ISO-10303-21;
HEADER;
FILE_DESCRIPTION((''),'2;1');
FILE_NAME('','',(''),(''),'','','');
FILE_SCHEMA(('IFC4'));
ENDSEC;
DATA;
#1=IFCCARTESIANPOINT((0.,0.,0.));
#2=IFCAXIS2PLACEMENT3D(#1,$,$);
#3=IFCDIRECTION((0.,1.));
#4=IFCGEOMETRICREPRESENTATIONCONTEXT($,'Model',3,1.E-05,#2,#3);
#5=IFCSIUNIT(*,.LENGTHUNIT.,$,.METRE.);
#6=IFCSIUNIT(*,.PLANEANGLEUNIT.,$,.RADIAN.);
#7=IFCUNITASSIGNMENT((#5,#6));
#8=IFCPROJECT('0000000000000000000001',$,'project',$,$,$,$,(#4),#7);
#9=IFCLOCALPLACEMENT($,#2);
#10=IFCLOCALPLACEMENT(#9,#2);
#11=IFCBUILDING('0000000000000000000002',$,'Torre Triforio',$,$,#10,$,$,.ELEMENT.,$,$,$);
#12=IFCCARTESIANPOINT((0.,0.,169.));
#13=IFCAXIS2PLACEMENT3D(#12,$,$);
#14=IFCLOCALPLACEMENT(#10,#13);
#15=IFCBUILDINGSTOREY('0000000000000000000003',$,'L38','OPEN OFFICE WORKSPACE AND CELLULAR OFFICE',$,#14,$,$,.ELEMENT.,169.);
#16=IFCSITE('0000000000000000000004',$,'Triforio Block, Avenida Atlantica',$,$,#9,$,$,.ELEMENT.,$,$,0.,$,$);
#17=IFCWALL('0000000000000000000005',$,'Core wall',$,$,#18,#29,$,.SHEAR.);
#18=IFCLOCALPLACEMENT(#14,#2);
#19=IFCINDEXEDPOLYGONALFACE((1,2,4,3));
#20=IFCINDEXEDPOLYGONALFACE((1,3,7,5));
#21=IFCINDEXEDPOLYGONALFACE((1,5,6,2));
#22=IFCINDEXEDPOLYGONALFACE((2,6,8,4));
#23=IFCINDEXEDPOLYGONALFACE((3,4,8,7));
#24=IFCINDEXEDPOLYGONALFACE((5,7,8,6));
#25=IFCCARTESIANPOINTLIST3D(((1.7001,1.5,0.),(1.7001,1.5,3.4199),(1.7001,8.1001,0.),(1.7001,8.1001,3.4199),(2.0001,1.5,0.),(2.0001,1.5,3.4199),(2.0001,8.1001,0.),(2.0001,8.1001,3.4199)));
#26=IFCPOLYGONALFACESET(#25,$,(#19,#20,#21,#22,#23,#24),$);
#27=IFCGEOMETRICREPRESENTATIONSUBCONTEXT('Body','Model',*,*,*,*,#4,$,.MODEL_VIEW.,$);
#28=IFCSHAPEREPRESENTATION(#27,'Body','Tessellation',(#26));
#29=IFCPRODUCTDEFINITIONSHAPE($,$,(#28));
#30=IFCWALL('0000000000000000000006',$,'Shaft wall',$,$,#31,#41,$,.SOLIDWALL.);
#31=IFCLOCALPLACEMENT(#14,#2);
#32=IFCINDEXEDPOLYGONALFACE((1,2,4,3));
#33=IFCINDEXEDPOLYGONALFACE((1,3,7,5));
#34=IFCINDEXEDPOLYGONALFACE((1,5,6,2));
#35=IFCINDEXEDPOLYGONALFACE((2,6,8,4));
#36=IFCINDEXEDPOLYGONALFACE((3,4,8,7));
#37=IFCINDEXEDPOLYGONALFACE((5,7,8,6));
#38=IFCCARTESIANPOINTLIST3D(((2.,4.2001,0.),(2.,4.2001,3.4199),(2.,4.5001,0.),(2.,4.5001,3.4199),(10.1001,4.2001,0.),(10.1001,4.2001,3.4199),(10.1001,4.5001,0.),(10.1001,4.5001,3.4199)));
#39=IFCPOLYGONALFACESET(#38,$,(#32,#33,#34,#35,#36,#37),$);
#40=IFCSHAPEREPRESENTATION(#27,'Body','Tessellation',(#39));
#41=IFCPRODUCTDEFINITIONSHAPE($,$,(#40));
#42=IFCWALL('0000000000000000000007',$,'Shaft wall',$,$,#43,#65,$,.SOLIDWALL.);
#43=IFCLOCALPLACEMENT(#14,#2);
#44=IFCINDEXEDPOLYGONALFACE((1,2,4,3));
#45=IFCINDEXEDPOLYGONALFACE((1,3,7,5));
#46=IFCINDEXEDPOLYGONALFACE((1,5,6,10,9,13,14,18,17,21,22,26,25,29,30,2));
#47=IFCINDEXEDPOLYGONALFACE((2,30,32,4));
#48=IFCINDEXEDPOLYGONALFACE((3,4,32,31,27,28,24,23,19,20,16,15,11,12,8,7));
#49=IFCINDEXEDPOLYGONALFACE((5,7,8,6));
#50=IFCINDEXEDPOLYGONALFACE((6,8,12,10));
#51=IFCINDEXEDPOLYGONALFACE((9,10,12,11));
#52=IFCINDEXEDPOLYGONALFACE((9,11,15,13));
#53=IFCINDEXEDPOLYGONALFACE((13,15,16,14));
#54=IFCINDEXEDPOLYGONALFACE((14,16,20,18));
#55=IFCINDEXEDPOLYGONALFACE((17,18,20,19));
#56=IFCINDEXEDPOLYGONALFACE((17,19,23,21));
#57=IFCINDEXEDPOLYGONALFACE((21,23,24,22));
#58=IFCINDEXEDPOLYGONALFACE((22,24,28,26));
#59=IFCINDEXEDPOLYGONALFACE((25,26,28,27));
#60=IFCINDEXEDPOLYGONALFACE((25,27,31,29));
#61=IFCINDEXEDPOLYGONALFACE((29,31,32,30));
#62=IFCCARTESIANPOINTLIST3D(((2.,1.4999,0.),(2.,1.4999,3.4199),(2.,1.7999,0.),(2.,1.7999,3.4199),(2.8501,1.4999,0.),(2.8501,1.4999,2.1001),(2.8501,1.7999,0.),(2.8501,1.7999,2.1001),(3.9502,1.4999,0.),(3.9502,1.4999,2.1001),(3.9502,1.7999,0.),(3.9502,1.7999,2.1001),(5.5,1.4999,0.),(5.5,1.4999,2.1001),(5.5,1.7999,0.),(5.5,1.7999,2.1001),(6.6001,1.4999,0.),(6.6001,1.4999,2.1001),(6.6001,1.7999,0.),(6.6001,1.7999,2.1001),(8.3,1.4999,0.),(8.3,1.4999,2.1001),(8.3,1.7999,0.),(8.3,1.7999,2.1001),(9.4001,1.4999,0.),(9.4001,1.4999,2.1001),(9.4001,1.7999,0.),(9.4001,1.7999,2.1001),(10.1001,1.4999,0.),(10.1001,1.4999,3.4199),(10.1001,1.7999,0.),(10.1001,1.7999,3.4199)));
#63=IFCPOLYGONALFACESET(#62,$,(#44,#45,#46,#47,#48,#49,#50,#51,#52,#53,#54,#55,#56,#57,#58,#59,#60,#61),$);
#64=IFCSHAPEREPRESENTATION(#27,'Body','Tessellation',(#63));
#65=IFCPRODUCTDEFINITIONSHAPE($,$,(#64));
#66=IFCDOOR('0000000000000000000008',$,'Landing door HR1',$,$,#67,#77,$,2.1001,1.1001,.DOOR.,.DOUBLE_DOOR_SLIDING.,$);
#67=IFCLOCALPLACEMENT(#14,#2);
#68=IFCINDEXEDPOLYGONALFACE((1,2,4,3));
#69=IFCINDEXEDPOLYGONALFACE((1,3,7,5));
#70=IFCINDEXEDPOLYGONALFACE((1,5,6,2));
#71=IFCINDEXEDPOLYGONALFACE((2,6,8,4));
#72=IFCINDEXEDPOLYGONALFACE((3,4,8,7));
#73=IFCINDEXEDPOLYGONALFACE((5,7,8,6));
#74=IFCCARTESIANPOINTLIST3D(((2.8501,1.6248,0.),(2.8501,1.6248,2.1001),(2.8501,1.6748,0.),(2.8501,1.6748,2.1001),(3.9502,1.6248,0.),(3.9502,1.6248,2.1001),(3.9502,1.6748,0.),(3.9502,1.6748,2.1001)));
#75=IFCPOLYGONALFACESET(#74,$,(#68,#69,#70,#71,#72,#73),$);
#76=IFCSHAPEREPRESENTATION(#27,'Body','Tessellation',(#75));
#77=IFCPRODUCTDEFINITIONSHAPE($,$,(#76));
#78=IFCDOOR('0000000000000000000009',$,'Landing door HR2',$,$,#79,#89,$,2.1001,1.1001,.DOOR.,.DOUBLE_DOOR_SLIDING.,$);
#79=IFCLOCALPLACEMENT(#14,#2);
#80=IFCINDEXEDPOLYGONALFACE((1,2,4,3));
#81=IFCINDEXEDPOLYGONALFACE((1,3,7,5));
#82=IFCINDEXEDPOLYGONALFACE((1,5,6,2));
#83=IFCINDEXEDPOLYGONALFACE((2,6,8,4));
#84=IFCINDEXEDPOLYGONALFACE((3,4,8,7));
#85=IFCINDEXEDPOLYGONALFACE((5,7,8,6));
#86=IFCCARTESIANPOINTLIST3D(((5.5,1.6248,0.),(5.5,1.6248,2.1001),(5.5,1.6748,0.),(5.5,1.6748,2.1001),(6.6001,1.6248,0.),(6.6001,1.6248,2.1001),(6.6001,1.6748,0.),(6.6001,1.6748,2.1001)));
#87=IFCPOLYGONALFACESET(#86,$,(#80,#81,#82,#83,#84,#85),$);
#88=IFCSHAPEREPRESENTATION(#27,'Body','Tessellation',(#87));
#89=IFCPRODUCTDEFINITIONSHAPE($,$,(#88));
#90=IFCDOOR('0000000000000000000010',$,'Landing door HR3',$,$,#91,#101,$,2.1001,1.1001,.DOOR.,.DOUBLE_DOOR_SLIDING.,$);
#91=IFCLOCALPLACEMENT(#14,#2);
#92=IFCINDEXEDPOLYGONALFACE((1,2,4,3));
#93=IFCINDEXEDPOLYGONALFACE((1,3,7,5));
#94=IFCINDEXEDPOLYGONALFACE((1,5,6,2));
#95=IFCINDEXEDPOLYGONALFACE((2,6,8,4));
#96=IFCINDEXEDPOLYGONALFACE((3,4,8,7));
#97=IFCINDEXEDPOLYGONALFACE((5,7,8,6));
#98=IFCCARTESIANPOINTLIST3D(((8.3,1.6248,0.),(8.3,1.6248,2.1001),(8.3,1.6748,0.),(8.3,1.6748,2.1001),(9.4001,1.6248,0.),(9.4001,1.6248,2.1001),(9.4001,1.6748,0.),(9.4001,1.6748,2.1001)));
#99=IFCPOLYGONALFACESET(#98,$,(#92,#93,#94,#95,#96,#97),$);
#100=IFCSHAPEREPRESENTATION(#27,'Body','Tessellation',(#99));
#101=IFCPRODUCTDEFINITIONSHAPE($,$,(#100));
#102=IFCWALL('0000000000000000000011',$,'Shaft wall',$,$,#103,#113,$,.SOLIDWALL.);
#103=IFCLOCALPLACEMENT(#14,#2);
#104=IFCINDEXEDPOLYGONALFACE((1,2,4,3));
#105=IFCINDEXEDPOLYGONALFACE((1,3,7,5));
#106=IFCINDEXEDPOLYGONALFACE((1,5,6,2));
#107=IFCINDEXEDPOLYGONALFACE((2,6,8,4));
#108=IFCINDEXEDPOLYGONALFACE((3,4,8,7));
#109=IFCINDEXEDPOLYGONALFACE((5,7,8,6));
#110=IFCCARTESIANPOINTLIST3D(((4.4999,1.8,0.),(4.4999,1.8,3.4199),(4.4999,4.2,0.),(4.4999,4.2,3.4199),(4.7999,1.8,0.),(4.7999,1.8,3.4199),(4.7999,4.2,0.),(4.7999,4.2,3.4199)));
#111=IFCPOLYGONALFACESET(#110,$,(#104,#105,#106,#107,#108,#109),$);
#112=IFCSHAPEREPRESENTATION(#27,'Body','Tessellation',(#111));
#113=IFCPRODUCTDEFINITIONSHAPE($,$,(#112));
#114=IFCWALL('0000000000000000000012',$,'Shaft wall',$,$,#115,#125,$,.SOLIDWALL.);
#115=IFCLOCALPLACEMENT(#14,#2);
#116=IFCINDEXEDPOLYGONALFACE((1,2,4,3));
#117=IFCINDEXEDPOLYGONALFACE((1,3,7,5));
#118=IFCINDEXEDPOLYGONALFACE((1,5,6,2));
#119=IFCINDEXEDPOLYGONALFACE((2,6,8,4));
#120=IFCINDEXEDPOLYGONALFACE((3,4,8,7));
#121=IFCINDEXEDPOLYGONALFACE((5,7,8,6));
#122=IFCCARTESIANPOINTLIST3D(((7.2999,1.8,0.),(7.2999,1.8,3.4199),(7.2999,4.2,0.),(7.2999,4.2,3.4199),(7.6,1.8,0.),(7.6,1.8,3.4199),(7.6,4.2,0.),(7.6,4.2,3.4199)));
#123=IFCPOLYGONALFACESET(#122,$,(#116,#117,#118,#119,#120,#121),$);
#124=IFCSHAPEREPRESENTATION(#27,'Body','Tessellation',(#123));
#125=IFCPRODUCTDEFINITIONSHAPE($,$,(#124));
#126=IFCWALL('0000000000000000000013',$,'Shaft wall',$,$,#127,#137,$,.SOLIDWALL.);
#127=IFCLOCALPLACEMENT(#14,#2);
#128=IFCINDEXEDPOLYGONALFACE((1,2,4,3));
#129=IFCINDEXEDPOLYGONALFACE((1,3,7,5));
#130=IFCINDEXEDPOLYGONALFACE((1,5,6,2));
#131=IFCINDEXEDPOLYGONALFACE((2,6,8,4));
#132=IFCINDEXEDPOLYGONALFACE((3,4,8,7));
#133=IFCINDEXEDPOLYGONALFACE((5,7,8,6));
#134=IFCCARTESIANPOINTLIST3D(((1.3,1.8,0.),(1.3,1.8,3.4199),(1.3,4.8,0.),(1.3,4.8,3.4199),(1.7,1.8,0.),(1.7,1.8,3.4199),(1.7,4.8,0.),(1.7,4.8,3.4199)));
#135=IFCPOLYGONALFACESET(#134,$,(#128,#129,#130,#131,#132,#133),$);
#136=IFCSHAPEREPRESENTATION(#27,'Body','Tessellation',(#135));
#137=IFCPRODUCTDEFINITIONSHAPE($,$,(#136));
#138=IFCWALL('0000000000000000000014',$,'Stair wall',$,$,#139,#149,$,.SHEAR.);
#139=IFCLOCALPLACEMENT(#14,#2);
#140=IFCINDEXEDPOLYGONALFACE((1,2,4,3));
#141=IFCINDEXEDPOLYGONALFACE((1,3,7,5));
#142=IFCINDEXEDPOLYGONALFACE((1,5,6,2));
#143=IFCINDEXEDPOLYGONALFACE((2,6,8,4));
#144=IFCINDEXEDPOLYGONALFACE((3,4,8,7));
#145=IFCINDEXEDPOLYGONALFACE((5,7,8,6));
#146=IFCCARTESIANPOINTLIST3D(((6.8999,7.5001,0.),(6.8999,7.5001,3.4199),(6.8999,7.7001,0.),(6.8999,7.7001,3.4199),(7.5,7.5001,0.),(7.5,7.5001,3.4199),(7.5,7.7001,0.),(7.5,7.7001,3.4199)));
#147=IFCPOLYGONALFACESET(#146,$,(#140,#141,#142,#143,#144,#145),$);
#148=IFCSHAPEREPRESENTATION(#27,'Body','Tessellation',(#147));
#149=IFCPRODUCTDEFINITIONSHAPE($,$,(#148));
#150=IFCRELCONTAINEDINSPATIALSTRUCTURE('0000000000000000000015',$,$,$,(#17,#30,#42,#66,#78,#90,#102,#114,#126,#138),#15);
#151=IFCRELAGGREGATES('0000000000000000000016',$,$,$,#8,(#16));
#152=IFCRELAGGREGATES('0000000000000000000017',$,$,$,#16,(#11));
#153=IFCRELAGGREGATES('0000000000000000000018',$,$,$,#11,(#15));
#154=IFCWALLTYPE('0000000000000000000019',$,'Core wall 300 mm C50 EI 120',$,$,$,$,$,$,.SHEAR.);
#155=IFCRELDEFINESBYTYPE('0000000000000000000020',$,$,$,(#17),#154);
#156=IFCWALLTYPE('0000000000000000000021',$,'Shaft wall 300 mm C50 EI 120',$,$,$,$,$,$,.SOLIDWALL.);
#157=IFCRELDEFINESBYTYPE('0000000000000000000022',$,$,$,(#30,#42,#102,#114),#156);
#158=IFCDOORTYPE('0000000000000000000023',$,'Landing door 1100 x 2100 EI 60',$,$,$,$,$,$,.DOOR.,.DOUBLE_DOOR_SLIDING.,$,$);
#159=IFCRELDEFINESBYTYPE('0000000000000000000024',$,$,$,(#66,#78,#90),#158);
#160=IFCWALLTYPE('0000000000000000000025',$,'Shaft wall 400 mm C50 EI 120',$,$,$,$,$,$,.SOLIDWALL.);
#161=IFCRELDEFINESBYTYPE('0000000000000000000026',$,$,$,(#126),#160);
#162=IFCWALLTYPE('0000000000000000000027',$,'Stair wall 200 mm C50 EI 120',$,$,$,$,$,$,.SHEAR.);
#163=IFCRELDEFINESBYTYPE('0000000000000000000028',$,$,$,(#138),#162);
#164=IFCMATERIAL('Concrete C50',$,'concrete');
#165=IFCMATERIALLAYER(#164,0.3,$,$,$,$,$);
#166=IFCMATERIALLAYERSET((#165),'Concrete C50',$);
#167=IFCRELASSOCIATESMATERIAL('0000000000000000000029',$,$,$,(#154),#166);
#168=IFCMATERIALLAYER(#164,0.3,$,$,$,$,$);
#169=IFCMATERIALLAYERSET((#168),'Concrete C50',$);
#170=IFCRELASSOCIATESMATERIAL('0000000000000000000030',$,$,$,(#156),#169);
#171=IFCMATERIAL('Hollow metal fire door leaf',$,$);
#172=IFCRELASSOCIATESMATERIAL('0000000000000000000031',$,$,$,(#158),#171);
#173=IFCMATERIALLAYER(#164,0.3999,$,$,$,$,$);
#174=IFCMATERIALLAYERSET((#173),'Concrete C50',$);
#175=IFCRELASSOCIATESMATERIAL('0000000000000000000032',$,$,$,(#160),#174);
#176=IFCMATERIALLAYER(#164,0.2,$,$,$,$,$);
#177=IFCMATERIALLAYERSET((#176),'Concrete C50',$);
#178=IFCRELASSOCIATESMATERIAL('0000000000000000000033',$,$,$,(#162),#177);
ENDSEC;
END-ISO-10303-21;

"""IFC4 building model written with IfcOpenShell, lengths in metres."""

from ifc_helpers import new_model, si_unit, direction, frame, frame_2d, origin, place, context, subcontext, project, spatial, rectangle, extrude, material, layer, layer_set, type_object, element, fill, save


model = new_model("IFC4")

# Units and contexts
model_context = context("Model", 3, precision=1e-05, world=origin(), true_north=direction((0.0, 1.0)))
body_context = subcontext(model_context, "Body", "Model", "MODEL_VIEW")
ifc_project = project(units=[si_unit("LENGTHUNIT", "METRE"), si_unit("PLANEANGLEUNIT", "RADIAN")], contexts=[model_context])

# Site, building, storey
site_placement = place(None, origin())
site = spatial("IfcSite", under=ifc_project, at=site_placement, Name="Triforio Block, Avenida Atlantica", CompositionType="ELEMENT", RefElevation=0.0)
building_placement = place(site_placement, origin())
building = spatial("IfcBuilding", under=site, at=building_placement, Name="Torre Triforio", CompositionType="ELEMENT")
storey_placement = place(building_placement, frame((0.0, 0.0, 169.0)))
storey = spatial("IfcBuildingStorey", under=building, at=storey_placement, Name="L38", Description="OPEN OFFICE WORKSPACE AND CELLULAR OFFICE", CompositionType="ELEMENT", Elevation=169.0)

# Walls
ifc_material_1 = material(Name="Concrete C50", Category="concrete")
ifc_layer_1 = layer(ifc_material_1, 0.3)
ifc_layer_set_1 = layer_set([ifc_layer_1], Name="Concrete C50")
wall_type_1 = type_object("IfcWallType", Name="Core wall 300 mm C50 EI 120", PredefinedType="SHEAR", material=ifc_layer_set_1)
wall_1_placement = place(storey_placement, frame((1.8501, 1.5, 0.0), z_axis=(0.0, 0.0, 1.0), x_axis=(0.0, 1.0, 0.0)))
element("IfcWall", 1, at=wall_1_placement, inside=storey, type_object=wall_type_1, Name="Core wall", PredefinedType="SHEAR", context=body_context, shape_type="SweptSolid", body=[
    extrude(rectangle(XDim=6.6001, YDim=0.3, at=frame_2d((3.3, 0.0))), origin(), (0.0, 0.0, 1.0), 3.4199),
])
ifc_layer_2 = layer(ifc_material_1, 0.3)
ifc_layer_set_2 = layer_set([ifc_layer_2], Name="Concrete C50")
wall_type_2 = type_object("IfcWallType", Name="Shaft wall 300 mm C50 EI 120", PredefinedType="SOLIDWALL", material=ifc_layer_set_2)
wall_2_placement = place(storey_placement, frame((2.0, 4.3501, 0.0), z_axis=(0.0, 0.0, 1.0), x_axis=(1.0, 0.0, 0.0)))
element("IfcWall", 2, at=wall_2_placement, inside=storey, type_object=wall_type_2, Name="Shaft wall", PredefinedType="SOLIDWALL", context=body_context, shape_type="SweptSolid", body=[
    extrude(rectangle(XDim=8.1001, YDim=0.3, at=frame_2d((4.05, 0.0))), origin(), (0.0, 0.0, 1.0), 3.4199),
])

# Wall, openings, doors
wall_3_placement = place(storey_placement, frame((2.0, 1.6499, 0.0), z_axis=(0.0, 0.0, 1.0), x_axis=(1.0, 0.0, 0.0)))
wall_3 = element("IfcWall", 3, at=wall_3_placement, inside=storey, type_object=wall_type_2, Name="Shaft wall", PredefinedType="SOLIDWALL", context=body_context, shape_type="SweptSolid", body=[
    extrude(rectangle(XDim=8.1001, YDim=0.3, at=frame_2d((4.05, 0.0))), origin(), (0.0, 0.0, 1.0), 3.4199),
])
opening_1_placement = place(wall_3_placement, frame((0.8501, 0.0, 0.0)))
opening_1 = element("IfcOpeningElement", 4, at=opening_1_placement, cuts=wall_3, PredefinedType="OPENING", context=body_context, shape_type="SweptSolid", body=[
    extrude(rectangle(XDim=1.1001, YDim=2.1001, at=frame_2d((0.55, 1.05))), frame((0.0, 0.1599, 0.0), z_axis=(0.0, -1.0, 0.0), x_axis=(1.0, 0.0, 0.0)), (0.0, 0.0, 1.0), 0.3201),
])
opening_2_placement = place(wall_3_placement, frame((3.5, 0.0, 0.0)))
opening_2 = element("IfcOpeningElement", 5, at=opening_2_placement, cuts=wall_3, PredefinedType="OPENING", context=body_context, shape_type="SweptSolid", body=[
    extrude(rectangle(XDim=1.1001, YDim=2.1001, at=frame_2d((0.55, 1.05))), frame((0.0, 0.1599, 0.0), z_axis=(0.0, -1.0, 0.0), x_axis=(1.0, 0.0, 0.0)), (0.0, 0.0, 1.0), 0.3201),
])
opening_3_placement = place(wall_3_placement, frame((6.3, 0.0, 0.0)))
opening_3 = element("IfcOpeningElement", 6, at=opening_3_placement, cuts=wall_3, PredefinedType="OPENING", context=body_context, shape_type="SweptSolid", body=[
    extrude(rectangle(XDim=1.1001, YDim=2.1001, at=frame_2d((0.55, 1.05))), frame((0.0, 0.1599, 0.0), z_axis=(0.0, -1.0, 0.0), x_axis=(1.0, 0.0, 0.0)), (0.0, 0.0, 1.0), 0.3201),
])
ifc_material_2 = material(Name="Hollow metal fire door leaf")
door_type_1 = type_object("IfcDoorType", Name="Landing door 1100 x 2100 EI 60", OperationType="DOUBLE_DOOR_SLIDING", PredefinedType="DOOR", material=ifc_material_2)
door_1_placement = place(opening_1_placement, origin())
door_1 = element("IfcDoor", 7, at=door_1_placement, inside=storey, type_object=door_type_1, Name="Landing door HR1", OperationType="DOUBLE_DOOR_SLIDING", OverallHeight=2.1001, OverallWidth=1.1001, PredefinedType="DOOR", context=body_context, shape_type="SweptSolid", body=[
    extrude(rectangle(XDim=1.1001, YDim=2.1001, at=frame_2d((0.55, 1.05))), frame((0.0, 0.0249, 0.0), z_axis=(0.0, -1.0, 0.0), x_axis=(1.0, 0.0, 0.0)), (0.0, 0.0, 1.0), 0.05),
])
fill(opening_1, door_1)
door_2_placement = place(opening_2_placement, origin())
door_2 = element("IfcDoor", 8, at=door_2_placement, inside=storey, type_object=door_type_1, Name="Landing door HR2", OperationType="DOUBLE_DOOR_SLIDING", OverallHeight=2.1001, OverallWidth=1.1001, PredefinedType="DOOR", context=body_context, shape_type="SweptSolid", body=[
    extrude(rectangle(XDim=1.1001, YDim=2.1001, at=frame_2d((0.55, 1.05))), frame((0.0, 0.0249, 0.0), z_axis=(0.0, -1.0, 0.0), x_axis=(1.0, 0.0, 0.0)), (0.0, 0.0, 1.0), 0.05),
])
fill(opening_2, door_2)
door_3_placement = place(opening_3_placement, origin())
door_3 = element("IfcDoor", 9, at=door_3_placement, inside=storey, type_object=door_type_1, Name="Landing door HR3", OperationType="DOUBLE_DOOR_SLIDING", OverallHeight=2.1001, OverallWidth=1.1001, PredefinedType="DOOR", context=body_context, shape_type="SweptSolid", body=[
    extrude(rectangle(XDim=1.1001, YDim=2.1001, at=frame_2d((0.55, 1.05))), frame((0.0, 0.0249, 0.0), z_axis=(0.0, -1.0, 0.0), x_axis=(1.0, 0.0, 0.0)), (0.0, 0.0, 1.0), 0.05),
])
fill(opening_3, door_3)

# Walls
for number, where, z_axis, x_axis, name in (
    (10, (4.6499, 1.8, 0.0), (0.0, 0.0, 1.0), (0.0, 1.0, 0.0), "Shaft wall"),
    (11, (7.45, 1.8, 0.0), (0.0, 0.0, 1.0), (0.0, 1.0, 0.0), "Shaft wall"),
):
    element("IfcWall", number, at=place(storey_placement, frame(where, z_axis=z_axis, x_axis=x_axis)), inside=storey, type_object=wall_type_2, Name=name, PredefinedType="SOLIDWALL", context=body_context, shape_type="SweptSolid", body=[
        extrude(rectangle(XDim=2.3999, YDim=0.3, at=frame_2d((1.2, 0.0))), origin(), (0.0, 0.0, 1.0), 3.4199),
    ])
ifc_layer_3 = layer(ifc_material_1, 0.3999)
ifc_layer_set_3 = layer_set([ifc_layer_3], Name="Concrete C50")
wall_type_3 = type_object("IfcWallType", Name="Shaft wall 400 mm C50 EI 120", PredefinedType="SOLIDWALL", material=ifc_layer_set_3)
wall_4_placement = place(storey_placement, frame((1.5, 1.8, 0.0), z_axis=(0.0, 0.0, 1.0), x_axis=(0.0, 1.0, 0.0)))
element("IfcWall", 12, at=wall_4_placement, inside=storey, type_object=wall_type_3, Name="Shaft wall", PredefinedType="SOLIDWALL", context=body_context, shape_type="SweptSolid", body=[
    extrude(rectangle(XDim=3.0, YDim=0.3999, at=frame_2d((1.5, 0.0))), origin(), (0.0, 0.0, 1.0), 3.4199),
])
ifc_layer_4 = layer(ifc_material_1, 0.2)
ifc_layer_set_4 = layer_set([ifc_layer_4], Name="Concrete C50")
wall_type_4 = type_object("IfcWallType", Name="Stair wall 200 mm C50 EI 120", PredefinedType="SHEAR", material=ifc_layer_set_4)
wall_5_placement = place(storey_placement, frame((6.8999, 7.6001, 0.0), z_axis=(0.0, 0.0, 1.0), x_axis=(1.0, 0.0, 0.0)))
element("IfcWall", 13, at=wall_5_placement, inside=storey, type_object=wall_type_4, Name="Stair wall", PredefinedType="SHEAR", context=body_context, shape_type="SweptSolid", body=[
    extrude(rectangle(XDim=0.6001, YDim=0.2, at=frame_2d((0.3, 0.0))), origin(), (0.0, 0.0, 1.0), 3.4199),
])

save(model, "model.ifc")
